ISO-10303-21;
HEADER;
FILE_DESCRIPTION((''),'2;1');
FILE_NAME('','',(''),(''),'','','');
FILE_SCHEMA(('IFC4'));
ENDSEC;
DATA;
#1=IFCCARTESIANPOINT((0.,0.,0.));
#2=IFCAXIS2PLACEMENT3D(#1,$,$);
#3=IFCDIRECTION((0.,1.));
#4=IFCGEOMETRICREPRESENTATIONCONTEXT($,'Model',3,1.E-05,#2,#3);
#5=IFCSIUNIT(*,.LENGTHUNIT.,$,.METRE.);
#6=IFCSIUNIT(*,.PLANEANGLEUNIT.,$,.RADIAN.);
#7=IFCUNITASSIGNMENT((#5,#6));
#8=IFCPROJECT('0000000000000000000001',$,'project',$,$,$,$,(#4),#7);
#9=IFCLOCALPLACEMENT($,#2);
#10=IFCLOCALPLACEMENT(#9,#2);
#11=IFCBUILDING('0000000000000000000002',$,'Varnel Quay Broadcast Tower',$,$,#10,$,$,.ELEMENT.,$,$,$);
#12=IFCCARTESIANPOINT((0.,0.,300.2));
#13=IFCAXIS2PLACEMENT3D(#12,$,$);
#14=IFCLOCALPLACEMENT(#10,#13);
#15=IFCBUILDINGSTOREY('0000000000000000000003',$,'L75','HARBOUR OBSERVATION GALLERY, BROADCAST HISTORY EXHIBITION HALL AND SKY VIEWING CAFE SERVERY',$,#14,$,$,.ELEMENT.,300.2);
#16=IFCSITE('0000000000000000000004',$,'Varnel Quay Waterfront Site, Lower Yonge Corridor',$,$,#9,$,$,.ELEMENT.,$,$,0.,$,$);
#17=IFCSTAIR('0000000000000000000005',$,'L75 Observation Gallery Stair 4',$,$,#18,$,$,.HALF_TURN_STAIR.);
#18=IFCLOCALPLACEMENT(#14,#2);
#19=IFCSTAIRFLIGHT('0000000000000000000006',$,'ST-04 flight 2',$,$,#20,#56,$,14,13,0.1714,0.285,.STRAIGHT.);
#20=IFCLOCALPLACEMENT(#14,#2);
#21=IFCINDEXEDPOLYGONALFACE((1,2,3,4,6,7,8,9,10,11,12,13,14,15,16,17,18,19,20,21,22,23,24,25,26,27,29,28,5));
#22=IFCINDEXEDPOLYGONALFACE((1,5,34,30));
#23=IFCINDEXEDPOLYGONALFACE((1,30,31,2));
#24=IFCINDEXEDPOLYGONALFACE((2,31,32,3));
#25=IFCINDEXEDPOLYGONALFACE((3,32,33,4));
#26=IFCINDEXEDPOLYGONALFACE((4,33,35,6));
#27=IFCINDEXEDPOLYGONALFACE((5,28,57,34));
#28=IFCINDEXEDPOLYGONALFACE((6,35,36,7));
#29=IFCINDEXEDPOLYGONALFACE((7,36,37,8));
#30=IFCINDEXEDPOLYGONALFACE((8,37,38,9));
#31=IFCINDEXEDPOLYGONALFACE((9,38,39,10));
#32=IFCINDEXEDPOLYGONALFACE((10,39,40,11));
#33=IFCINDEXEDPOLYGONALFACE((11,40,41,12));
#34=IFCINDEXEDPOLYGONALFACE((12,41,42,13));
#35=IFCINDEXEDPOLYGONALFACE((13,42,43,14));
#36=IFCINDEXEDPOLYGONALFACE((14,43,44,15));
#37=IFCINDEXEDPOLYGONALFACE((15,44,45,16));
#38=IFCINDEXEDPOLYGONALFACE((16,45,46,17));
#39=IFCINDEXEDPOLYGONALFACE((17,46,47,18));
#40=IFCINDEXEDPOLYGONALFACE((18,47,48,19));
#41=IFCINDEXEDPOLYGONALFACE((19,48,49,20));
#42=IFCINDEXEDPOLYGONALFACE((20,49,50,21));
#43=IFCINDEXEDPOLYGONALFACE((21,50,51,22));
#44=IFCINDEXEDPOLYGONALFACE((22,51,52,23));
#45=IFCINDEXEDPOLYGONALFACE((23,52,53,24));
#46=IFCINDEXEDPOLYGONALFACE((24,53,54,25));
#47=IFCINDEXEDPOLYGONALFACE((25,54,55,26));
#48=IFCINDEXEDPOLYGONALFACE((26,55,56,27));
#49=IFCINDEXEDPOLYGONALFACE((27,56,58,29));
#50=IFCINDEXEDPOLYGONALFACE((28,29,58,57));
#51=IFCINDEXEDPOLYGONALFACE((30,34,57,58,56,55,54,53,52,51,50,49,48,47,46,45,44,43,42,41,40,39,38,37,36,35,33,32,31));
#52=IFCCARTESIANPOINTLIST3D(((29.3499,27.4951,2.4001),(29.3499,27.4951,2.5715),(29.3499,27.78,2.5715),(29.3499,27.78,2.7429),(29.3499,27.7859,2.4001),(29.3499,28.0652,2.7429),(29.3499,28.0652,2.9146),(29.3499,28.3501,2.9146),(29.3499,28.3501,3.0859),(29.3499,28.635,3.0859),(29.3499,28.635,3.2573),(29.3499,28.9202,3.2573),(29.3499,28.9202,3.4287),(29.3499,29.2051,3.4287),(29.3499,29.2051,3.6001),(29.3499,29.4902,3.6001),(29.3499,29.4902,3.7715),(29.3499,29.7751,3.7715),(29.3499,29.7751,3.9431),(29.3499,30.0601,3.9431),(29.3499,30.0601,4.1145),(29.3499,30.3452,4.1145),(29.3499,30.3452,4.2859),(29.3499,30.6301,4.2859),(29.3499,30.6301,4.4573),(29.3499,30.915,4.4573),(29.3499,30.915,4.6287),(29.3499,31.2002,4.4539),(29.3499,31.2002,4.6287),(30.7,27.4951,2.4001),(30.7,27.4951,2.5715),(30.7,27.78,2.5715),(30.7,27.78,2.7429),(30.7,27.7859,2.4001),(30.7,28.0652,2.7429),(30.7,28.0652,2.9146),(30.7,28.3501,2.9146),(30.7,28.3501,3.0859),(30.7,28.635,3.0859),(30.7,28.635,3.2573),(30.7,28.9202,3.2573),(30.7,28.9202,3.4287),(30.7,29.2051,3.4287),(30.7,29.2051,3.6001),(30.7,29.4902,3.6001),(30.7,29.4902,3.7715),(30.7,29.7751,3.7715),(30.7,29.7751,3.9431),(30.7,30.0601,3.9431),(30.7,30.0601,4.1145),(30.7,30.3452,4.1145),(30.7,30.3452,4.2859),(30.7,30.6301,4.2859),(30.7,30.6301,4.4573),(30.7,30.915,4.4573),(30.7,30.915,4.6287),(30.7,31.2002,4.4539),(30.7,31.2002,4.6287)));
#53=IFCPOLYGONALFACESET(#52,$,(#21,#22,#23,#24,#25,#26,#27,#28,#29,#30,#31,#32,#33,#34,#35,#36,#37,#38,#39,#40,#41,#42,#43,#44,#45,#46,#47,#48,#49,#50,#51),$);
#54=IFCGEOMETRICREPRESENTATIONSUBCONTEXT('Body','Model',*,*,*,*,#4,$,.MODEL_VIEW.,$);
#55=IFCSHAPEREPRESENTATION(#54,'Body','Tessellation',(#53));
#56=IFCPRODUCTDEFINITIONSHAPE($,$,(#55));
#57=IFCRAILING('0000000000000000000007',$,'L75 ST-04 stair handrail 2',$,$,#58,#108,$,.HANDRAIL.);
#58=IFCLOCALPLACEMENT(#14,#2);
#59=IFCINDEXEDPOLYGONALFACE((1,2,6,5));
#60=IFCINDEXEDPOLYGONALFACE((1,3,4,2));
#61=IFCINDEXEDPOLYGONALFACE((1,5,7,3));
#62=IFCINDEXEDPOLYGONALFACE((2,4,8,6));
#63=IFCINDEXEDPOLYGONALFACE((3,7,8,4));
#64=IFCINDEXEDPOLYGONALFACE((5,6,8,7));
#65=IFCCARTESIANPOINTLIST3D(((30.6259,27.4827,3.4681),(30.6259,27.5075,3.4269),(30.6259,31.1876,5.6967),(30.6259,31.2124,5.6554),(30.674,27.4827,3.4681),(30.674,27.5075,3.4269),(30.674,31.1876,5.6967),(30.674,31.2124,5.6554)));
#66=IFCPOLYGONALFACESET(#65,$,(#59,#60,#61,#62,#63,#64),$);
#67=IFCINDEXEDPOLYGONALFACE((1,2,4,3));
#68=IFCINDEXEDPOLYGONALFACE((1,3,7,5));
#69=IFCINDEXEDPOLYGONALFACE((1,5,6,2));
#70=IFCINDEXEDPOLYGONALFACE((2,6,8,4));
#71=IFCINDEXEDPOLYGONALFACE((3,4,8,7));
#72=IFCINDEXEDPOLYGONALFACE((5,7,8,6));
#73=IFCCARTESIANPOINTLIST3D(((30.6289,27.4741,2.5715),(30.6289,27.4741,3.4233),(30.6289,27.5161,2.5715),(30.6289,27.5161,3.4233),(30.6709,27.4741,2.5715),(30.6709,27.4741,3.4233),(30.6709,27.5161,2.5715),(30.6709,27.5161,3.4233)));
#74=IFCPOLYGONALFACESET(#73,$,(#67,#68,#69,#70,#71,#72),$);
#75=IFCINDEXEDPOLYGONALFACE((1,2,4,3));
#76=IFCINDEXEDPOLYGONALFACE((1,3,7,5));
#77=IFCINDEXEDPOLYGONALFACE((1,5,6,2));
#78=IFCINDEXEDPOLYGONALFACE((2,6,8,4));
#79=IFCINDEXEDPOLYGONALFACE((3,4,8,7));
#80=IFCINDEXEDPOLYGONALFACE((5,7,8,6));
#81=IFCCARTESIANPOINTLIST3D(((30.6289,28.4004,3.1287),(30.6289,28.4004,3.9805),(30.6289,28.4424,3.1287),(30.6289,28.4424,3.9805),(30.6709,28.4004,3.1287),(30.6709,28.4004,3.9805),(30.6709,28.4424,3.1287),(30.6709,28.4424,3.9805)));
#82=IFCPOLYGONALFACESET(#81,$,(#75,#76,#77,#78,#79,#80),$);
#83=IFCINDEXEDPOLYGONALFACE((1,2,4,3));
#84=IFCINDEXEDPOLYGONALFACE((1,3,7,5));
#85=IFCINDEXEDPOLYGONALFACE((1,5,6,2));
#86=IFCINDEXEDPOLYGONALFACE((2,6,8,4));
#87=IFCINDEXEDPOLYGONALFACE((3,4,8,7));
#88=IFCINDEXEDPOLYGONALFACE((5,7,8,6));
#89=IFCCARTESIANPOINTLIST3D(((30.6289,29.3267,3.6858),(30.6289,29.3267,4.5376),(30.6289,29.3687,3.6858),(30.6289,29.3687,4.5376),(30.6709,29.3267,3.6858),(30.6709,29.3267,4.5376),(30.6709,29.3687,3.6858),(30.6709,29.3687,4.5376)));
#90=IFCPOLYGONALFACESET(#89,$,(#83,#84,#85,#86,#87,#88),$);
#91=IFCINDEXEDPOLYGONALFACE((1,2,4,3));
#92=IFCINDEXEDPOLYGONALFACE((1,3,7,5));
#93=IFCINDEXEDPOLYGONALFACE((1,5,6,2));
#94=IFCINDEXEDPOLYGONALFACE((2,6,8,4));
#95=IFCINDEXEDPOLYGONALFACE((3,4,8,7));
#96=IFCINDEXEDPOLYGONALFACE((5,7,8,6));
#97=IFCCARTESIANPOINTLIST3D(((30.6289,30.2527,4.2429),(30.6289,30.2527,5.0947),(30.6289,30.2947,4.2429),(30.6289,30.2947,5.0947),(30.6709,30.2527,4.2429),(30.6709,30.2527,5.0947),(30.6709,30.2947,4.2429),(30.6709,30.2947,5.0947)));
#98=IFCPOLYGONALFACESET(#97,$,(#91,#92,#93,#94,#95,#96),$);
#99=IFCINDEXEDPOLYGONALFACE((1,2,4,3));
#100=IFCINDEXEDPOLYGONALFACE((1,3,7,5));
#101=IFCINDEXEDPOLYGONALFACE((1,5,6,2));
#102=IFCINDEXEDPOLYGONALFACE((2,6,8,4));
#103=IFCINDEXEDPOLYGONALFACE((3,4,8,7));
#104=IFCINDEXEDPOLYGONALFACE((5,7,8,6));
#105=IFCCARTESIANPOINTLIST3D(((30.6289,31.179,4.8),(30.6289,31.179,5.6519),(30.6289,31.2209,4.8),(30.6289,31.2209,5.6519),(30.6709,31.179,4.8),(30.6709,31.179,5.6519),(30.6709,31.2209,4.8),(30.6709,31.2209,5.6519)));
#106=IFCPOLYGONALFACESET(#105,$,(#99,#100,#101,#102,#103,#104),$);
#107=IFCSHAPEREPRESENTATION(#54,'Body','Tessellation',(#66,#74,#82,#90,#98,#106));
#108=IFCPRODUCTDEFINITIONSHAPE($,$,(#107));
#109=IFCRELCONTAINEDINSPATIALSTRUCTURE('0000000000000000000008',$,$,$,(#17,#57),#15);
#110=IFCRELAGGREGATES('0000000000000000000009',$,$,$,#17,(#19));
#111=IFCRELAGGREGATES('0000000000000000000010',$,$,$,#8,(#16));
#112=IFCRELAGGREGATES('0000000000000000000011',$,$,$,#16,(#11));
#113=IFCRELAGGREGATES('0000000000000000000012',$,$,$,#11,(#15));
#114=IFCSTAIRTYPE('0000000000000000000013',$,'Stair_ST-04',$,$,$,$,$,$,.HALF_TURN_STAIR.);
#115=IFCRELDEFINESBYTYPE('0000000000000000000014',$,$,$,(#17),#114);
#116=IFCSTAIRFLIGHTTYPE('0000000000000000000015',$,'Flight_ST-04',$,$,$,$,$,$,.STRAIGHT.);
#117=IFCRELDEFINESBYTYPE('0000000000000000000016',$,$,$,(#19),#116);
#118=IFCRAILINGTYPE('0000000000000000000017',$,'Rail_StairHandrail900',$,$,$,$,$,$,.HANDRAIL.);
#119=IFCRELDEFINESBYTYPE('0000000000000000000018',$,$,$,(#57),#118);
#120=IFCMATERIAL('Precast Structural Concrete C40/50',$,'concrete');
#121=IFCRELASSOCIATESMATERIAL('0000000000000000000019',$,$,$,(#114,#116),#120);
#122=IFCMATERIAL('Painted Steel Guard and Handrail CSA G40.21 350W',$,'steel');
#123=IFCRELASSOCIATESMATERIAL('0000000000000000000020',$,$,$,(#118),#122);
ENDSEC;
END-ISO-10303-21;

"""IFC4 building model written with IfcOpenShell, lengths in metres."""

from ifc_helpers import new_model, si_unit, direction, frame, origin, origin_2d, place, context, subcontext, project, spatial, polyline, rectangle, outline, extrude, material, type_object, element, aggregate, save


model = new_model("IFC4")

# Units and contexts
model_context = context("Model", 3, precision=1e-05, world=origin(), true_north=direction((0.0, 1.0)))
body_context = subcontext(model_context, "Body", "Model", "MODEL_VIEW")
ifc_project = project(units=[si_unit("LENGTHUNIT", "METRE"), si_unit("PLANEANGLEUNIT", "RADIAN")], contexts=[model_context])

# Site, building, storey
site_placement = place(None, origin())
site = spatial("IfcSite", under=ifc_project, at=site_placement, Name="Varnel Quay Waterfront Site, Lower Yonge Corridor", CompositionType="ELEMENT", RefElevation=0.0)
building_placement = place(site_placement, origin())
building = spatial("IfcBuilding", under=site, at=building_placement, Name="Varnel Quay Broadcast Tower", CompositionType="ELEMENT")
storey_placement = place(building_placement, frame((0.0, 0.0, 300.2)))
storey = spatial("IfcBuildingStorey", under=building, at=storey_placement, Name="L75", Description="HARBOUR OBSERVATION GALLERY, BROADCAST HISTORY EXHIBITION HALL AND SKY VIEWING CAFE SERVERY", CompositionType="ELEMENT", Elevation=300.2)

# Stair, stair flight
ifc_material_1 = material(Name="Precast Structural Concrete C40/50", Category="concrete")
stair_type = type_object("IfcStairType", Name="Stair_ST-04", PredefinedType="HALF_TURN_STAIR", material=ifc_material_1)
stair_placement = place(storey_placement, origin())
stair = element("IfcStair", 1, at=stair_placement, inside=storey, type_object=stair_type, Name="L75 Observation Gallery Stair 4", PredefinedType="HALF_TURN_STAIR")
stair_flight_type = type_object("IfcStairFlightType", Name="Flight_ST-04", PredefinedType="STRAIGHT", material=ifc_material_1)
stair_flight_placement = place(storey_placement, frame((30.0249, 27.4951, 2.4001), z_axis=(0.0, 0.0, 1.0), x_axis=(0.0, 1.0, 0.0)))
stair_flight = element("IfcStairFlight", 2, at=stair_flight_placement, type_object=stair_flight_type, Name="ST-04 flight 2", NumberOfRisers=14, NumberOfTreads=13, PredefinedType="STRAIGHT", RiserHeight=0.1714, TreadLength=0.285, context=body_context, shape_type="SweptSolid", body=[
    extrude(outline(polyline([(0.0, 0.0), (0.0, 0.1714), (0.2849, 0.1714), (0.2849, 0.3428), (0.5701, 0.3428), (0.5701, 0.5144), (0.855, 0.5144), (0.855, 0.6858), (1.1399, 0.6858), (1.1399, 0.8572), (1.425, 0.8572), (1.425, 1.0286), (1.71, 1.0286), (1.71, 1.2), (1.9951, 1.2), (1.9951, 1.3713), (2.28, 1.3713), (2.28, 1.543), (2.5649, 1.543), (2.5649, 1.7144), (2.8501, 1.7144), (2.8501, 1.8857), (3.135, 1.8857), (3.135, 2.0571), (3.4199, 2.0571), (3.4199, 2.2285), (3.7051, 2.2285), (3.7051, 2.3999), (3.7051, 2.0537), (0.2908, 0.0), (0.0, 0.0)])), frame((0.0, 0.675, 0.0), z_axis=(0.0, -1.0, 0.0), x_axis=(1.0, 0.0, 0.0)), (0.0, 0.0, 1.0), 1.3501),
])
aggregate(stair, [stair_flight])

# Railing
ifc_material_2 = material(Name="Painted Steel Guard and Handrail CSA G40.21 350W", Category="steel")
railing_type = type_object("IfcRailingType", Name="Rail_StairHandrail900", PredefinedType="HANDRAIL", material=ifc_material_2)
railing_placement = place(storey_placement, frame((30.6499, 27.4951, 2.5715)))
element("IfcRailing", 3, at=railing_placement, inside=storey, type_object=railing_type, Name="L75 ST-04 stair handrail 2", PredefinedType="HANDRAIL", context=body_context, shape_type="SweptSolid", body=[
    extrude(rectangle(XDim=0.0481, YDim=0.0481, at=origin_2d()), frame((0.0, 0.0, 0.876), z_axis=(0.0, 0.856919, 0.51545), x_axis=(-1.0, 0.0, 0.0)), (0.0, 0.0, 1.0), 4.3235),
    extrude(rectangle(XDim=0.042, YDim=0.042, at=origin_2d()), origin(), (0.0, 0.0, 1.0), 0.8518),
    extrude(rectangle(XDim=0.042, YDim=0.042, at=origin_2d()), frame((0.0, 0.9263, 0.5571)), (0.0, 0.0, 1.0), 0.8518),
    extrude(rectangle(XDim=0.042, YDim=0.042, at=origin_2d()), frame((0.0, 1.8525, 1.1143)), (0.0, 0.0, 1.0), 0.8518),
    extrude(rectangle(XDim=0.042, YDim=0.042, at=origin_2d()), frame((0.0, 2.7786, 1.6714)), (0.0, 0.0, 1.0), 0.8518),
    extrude(rectangle(XDim=0.042, YDim=0.042, at=origin_2d()), frame((0.0, 3.7048, 2.2285)), (0.0, 0.0, 1.0), 0.8518),
])

save(model, "model.ifc")
